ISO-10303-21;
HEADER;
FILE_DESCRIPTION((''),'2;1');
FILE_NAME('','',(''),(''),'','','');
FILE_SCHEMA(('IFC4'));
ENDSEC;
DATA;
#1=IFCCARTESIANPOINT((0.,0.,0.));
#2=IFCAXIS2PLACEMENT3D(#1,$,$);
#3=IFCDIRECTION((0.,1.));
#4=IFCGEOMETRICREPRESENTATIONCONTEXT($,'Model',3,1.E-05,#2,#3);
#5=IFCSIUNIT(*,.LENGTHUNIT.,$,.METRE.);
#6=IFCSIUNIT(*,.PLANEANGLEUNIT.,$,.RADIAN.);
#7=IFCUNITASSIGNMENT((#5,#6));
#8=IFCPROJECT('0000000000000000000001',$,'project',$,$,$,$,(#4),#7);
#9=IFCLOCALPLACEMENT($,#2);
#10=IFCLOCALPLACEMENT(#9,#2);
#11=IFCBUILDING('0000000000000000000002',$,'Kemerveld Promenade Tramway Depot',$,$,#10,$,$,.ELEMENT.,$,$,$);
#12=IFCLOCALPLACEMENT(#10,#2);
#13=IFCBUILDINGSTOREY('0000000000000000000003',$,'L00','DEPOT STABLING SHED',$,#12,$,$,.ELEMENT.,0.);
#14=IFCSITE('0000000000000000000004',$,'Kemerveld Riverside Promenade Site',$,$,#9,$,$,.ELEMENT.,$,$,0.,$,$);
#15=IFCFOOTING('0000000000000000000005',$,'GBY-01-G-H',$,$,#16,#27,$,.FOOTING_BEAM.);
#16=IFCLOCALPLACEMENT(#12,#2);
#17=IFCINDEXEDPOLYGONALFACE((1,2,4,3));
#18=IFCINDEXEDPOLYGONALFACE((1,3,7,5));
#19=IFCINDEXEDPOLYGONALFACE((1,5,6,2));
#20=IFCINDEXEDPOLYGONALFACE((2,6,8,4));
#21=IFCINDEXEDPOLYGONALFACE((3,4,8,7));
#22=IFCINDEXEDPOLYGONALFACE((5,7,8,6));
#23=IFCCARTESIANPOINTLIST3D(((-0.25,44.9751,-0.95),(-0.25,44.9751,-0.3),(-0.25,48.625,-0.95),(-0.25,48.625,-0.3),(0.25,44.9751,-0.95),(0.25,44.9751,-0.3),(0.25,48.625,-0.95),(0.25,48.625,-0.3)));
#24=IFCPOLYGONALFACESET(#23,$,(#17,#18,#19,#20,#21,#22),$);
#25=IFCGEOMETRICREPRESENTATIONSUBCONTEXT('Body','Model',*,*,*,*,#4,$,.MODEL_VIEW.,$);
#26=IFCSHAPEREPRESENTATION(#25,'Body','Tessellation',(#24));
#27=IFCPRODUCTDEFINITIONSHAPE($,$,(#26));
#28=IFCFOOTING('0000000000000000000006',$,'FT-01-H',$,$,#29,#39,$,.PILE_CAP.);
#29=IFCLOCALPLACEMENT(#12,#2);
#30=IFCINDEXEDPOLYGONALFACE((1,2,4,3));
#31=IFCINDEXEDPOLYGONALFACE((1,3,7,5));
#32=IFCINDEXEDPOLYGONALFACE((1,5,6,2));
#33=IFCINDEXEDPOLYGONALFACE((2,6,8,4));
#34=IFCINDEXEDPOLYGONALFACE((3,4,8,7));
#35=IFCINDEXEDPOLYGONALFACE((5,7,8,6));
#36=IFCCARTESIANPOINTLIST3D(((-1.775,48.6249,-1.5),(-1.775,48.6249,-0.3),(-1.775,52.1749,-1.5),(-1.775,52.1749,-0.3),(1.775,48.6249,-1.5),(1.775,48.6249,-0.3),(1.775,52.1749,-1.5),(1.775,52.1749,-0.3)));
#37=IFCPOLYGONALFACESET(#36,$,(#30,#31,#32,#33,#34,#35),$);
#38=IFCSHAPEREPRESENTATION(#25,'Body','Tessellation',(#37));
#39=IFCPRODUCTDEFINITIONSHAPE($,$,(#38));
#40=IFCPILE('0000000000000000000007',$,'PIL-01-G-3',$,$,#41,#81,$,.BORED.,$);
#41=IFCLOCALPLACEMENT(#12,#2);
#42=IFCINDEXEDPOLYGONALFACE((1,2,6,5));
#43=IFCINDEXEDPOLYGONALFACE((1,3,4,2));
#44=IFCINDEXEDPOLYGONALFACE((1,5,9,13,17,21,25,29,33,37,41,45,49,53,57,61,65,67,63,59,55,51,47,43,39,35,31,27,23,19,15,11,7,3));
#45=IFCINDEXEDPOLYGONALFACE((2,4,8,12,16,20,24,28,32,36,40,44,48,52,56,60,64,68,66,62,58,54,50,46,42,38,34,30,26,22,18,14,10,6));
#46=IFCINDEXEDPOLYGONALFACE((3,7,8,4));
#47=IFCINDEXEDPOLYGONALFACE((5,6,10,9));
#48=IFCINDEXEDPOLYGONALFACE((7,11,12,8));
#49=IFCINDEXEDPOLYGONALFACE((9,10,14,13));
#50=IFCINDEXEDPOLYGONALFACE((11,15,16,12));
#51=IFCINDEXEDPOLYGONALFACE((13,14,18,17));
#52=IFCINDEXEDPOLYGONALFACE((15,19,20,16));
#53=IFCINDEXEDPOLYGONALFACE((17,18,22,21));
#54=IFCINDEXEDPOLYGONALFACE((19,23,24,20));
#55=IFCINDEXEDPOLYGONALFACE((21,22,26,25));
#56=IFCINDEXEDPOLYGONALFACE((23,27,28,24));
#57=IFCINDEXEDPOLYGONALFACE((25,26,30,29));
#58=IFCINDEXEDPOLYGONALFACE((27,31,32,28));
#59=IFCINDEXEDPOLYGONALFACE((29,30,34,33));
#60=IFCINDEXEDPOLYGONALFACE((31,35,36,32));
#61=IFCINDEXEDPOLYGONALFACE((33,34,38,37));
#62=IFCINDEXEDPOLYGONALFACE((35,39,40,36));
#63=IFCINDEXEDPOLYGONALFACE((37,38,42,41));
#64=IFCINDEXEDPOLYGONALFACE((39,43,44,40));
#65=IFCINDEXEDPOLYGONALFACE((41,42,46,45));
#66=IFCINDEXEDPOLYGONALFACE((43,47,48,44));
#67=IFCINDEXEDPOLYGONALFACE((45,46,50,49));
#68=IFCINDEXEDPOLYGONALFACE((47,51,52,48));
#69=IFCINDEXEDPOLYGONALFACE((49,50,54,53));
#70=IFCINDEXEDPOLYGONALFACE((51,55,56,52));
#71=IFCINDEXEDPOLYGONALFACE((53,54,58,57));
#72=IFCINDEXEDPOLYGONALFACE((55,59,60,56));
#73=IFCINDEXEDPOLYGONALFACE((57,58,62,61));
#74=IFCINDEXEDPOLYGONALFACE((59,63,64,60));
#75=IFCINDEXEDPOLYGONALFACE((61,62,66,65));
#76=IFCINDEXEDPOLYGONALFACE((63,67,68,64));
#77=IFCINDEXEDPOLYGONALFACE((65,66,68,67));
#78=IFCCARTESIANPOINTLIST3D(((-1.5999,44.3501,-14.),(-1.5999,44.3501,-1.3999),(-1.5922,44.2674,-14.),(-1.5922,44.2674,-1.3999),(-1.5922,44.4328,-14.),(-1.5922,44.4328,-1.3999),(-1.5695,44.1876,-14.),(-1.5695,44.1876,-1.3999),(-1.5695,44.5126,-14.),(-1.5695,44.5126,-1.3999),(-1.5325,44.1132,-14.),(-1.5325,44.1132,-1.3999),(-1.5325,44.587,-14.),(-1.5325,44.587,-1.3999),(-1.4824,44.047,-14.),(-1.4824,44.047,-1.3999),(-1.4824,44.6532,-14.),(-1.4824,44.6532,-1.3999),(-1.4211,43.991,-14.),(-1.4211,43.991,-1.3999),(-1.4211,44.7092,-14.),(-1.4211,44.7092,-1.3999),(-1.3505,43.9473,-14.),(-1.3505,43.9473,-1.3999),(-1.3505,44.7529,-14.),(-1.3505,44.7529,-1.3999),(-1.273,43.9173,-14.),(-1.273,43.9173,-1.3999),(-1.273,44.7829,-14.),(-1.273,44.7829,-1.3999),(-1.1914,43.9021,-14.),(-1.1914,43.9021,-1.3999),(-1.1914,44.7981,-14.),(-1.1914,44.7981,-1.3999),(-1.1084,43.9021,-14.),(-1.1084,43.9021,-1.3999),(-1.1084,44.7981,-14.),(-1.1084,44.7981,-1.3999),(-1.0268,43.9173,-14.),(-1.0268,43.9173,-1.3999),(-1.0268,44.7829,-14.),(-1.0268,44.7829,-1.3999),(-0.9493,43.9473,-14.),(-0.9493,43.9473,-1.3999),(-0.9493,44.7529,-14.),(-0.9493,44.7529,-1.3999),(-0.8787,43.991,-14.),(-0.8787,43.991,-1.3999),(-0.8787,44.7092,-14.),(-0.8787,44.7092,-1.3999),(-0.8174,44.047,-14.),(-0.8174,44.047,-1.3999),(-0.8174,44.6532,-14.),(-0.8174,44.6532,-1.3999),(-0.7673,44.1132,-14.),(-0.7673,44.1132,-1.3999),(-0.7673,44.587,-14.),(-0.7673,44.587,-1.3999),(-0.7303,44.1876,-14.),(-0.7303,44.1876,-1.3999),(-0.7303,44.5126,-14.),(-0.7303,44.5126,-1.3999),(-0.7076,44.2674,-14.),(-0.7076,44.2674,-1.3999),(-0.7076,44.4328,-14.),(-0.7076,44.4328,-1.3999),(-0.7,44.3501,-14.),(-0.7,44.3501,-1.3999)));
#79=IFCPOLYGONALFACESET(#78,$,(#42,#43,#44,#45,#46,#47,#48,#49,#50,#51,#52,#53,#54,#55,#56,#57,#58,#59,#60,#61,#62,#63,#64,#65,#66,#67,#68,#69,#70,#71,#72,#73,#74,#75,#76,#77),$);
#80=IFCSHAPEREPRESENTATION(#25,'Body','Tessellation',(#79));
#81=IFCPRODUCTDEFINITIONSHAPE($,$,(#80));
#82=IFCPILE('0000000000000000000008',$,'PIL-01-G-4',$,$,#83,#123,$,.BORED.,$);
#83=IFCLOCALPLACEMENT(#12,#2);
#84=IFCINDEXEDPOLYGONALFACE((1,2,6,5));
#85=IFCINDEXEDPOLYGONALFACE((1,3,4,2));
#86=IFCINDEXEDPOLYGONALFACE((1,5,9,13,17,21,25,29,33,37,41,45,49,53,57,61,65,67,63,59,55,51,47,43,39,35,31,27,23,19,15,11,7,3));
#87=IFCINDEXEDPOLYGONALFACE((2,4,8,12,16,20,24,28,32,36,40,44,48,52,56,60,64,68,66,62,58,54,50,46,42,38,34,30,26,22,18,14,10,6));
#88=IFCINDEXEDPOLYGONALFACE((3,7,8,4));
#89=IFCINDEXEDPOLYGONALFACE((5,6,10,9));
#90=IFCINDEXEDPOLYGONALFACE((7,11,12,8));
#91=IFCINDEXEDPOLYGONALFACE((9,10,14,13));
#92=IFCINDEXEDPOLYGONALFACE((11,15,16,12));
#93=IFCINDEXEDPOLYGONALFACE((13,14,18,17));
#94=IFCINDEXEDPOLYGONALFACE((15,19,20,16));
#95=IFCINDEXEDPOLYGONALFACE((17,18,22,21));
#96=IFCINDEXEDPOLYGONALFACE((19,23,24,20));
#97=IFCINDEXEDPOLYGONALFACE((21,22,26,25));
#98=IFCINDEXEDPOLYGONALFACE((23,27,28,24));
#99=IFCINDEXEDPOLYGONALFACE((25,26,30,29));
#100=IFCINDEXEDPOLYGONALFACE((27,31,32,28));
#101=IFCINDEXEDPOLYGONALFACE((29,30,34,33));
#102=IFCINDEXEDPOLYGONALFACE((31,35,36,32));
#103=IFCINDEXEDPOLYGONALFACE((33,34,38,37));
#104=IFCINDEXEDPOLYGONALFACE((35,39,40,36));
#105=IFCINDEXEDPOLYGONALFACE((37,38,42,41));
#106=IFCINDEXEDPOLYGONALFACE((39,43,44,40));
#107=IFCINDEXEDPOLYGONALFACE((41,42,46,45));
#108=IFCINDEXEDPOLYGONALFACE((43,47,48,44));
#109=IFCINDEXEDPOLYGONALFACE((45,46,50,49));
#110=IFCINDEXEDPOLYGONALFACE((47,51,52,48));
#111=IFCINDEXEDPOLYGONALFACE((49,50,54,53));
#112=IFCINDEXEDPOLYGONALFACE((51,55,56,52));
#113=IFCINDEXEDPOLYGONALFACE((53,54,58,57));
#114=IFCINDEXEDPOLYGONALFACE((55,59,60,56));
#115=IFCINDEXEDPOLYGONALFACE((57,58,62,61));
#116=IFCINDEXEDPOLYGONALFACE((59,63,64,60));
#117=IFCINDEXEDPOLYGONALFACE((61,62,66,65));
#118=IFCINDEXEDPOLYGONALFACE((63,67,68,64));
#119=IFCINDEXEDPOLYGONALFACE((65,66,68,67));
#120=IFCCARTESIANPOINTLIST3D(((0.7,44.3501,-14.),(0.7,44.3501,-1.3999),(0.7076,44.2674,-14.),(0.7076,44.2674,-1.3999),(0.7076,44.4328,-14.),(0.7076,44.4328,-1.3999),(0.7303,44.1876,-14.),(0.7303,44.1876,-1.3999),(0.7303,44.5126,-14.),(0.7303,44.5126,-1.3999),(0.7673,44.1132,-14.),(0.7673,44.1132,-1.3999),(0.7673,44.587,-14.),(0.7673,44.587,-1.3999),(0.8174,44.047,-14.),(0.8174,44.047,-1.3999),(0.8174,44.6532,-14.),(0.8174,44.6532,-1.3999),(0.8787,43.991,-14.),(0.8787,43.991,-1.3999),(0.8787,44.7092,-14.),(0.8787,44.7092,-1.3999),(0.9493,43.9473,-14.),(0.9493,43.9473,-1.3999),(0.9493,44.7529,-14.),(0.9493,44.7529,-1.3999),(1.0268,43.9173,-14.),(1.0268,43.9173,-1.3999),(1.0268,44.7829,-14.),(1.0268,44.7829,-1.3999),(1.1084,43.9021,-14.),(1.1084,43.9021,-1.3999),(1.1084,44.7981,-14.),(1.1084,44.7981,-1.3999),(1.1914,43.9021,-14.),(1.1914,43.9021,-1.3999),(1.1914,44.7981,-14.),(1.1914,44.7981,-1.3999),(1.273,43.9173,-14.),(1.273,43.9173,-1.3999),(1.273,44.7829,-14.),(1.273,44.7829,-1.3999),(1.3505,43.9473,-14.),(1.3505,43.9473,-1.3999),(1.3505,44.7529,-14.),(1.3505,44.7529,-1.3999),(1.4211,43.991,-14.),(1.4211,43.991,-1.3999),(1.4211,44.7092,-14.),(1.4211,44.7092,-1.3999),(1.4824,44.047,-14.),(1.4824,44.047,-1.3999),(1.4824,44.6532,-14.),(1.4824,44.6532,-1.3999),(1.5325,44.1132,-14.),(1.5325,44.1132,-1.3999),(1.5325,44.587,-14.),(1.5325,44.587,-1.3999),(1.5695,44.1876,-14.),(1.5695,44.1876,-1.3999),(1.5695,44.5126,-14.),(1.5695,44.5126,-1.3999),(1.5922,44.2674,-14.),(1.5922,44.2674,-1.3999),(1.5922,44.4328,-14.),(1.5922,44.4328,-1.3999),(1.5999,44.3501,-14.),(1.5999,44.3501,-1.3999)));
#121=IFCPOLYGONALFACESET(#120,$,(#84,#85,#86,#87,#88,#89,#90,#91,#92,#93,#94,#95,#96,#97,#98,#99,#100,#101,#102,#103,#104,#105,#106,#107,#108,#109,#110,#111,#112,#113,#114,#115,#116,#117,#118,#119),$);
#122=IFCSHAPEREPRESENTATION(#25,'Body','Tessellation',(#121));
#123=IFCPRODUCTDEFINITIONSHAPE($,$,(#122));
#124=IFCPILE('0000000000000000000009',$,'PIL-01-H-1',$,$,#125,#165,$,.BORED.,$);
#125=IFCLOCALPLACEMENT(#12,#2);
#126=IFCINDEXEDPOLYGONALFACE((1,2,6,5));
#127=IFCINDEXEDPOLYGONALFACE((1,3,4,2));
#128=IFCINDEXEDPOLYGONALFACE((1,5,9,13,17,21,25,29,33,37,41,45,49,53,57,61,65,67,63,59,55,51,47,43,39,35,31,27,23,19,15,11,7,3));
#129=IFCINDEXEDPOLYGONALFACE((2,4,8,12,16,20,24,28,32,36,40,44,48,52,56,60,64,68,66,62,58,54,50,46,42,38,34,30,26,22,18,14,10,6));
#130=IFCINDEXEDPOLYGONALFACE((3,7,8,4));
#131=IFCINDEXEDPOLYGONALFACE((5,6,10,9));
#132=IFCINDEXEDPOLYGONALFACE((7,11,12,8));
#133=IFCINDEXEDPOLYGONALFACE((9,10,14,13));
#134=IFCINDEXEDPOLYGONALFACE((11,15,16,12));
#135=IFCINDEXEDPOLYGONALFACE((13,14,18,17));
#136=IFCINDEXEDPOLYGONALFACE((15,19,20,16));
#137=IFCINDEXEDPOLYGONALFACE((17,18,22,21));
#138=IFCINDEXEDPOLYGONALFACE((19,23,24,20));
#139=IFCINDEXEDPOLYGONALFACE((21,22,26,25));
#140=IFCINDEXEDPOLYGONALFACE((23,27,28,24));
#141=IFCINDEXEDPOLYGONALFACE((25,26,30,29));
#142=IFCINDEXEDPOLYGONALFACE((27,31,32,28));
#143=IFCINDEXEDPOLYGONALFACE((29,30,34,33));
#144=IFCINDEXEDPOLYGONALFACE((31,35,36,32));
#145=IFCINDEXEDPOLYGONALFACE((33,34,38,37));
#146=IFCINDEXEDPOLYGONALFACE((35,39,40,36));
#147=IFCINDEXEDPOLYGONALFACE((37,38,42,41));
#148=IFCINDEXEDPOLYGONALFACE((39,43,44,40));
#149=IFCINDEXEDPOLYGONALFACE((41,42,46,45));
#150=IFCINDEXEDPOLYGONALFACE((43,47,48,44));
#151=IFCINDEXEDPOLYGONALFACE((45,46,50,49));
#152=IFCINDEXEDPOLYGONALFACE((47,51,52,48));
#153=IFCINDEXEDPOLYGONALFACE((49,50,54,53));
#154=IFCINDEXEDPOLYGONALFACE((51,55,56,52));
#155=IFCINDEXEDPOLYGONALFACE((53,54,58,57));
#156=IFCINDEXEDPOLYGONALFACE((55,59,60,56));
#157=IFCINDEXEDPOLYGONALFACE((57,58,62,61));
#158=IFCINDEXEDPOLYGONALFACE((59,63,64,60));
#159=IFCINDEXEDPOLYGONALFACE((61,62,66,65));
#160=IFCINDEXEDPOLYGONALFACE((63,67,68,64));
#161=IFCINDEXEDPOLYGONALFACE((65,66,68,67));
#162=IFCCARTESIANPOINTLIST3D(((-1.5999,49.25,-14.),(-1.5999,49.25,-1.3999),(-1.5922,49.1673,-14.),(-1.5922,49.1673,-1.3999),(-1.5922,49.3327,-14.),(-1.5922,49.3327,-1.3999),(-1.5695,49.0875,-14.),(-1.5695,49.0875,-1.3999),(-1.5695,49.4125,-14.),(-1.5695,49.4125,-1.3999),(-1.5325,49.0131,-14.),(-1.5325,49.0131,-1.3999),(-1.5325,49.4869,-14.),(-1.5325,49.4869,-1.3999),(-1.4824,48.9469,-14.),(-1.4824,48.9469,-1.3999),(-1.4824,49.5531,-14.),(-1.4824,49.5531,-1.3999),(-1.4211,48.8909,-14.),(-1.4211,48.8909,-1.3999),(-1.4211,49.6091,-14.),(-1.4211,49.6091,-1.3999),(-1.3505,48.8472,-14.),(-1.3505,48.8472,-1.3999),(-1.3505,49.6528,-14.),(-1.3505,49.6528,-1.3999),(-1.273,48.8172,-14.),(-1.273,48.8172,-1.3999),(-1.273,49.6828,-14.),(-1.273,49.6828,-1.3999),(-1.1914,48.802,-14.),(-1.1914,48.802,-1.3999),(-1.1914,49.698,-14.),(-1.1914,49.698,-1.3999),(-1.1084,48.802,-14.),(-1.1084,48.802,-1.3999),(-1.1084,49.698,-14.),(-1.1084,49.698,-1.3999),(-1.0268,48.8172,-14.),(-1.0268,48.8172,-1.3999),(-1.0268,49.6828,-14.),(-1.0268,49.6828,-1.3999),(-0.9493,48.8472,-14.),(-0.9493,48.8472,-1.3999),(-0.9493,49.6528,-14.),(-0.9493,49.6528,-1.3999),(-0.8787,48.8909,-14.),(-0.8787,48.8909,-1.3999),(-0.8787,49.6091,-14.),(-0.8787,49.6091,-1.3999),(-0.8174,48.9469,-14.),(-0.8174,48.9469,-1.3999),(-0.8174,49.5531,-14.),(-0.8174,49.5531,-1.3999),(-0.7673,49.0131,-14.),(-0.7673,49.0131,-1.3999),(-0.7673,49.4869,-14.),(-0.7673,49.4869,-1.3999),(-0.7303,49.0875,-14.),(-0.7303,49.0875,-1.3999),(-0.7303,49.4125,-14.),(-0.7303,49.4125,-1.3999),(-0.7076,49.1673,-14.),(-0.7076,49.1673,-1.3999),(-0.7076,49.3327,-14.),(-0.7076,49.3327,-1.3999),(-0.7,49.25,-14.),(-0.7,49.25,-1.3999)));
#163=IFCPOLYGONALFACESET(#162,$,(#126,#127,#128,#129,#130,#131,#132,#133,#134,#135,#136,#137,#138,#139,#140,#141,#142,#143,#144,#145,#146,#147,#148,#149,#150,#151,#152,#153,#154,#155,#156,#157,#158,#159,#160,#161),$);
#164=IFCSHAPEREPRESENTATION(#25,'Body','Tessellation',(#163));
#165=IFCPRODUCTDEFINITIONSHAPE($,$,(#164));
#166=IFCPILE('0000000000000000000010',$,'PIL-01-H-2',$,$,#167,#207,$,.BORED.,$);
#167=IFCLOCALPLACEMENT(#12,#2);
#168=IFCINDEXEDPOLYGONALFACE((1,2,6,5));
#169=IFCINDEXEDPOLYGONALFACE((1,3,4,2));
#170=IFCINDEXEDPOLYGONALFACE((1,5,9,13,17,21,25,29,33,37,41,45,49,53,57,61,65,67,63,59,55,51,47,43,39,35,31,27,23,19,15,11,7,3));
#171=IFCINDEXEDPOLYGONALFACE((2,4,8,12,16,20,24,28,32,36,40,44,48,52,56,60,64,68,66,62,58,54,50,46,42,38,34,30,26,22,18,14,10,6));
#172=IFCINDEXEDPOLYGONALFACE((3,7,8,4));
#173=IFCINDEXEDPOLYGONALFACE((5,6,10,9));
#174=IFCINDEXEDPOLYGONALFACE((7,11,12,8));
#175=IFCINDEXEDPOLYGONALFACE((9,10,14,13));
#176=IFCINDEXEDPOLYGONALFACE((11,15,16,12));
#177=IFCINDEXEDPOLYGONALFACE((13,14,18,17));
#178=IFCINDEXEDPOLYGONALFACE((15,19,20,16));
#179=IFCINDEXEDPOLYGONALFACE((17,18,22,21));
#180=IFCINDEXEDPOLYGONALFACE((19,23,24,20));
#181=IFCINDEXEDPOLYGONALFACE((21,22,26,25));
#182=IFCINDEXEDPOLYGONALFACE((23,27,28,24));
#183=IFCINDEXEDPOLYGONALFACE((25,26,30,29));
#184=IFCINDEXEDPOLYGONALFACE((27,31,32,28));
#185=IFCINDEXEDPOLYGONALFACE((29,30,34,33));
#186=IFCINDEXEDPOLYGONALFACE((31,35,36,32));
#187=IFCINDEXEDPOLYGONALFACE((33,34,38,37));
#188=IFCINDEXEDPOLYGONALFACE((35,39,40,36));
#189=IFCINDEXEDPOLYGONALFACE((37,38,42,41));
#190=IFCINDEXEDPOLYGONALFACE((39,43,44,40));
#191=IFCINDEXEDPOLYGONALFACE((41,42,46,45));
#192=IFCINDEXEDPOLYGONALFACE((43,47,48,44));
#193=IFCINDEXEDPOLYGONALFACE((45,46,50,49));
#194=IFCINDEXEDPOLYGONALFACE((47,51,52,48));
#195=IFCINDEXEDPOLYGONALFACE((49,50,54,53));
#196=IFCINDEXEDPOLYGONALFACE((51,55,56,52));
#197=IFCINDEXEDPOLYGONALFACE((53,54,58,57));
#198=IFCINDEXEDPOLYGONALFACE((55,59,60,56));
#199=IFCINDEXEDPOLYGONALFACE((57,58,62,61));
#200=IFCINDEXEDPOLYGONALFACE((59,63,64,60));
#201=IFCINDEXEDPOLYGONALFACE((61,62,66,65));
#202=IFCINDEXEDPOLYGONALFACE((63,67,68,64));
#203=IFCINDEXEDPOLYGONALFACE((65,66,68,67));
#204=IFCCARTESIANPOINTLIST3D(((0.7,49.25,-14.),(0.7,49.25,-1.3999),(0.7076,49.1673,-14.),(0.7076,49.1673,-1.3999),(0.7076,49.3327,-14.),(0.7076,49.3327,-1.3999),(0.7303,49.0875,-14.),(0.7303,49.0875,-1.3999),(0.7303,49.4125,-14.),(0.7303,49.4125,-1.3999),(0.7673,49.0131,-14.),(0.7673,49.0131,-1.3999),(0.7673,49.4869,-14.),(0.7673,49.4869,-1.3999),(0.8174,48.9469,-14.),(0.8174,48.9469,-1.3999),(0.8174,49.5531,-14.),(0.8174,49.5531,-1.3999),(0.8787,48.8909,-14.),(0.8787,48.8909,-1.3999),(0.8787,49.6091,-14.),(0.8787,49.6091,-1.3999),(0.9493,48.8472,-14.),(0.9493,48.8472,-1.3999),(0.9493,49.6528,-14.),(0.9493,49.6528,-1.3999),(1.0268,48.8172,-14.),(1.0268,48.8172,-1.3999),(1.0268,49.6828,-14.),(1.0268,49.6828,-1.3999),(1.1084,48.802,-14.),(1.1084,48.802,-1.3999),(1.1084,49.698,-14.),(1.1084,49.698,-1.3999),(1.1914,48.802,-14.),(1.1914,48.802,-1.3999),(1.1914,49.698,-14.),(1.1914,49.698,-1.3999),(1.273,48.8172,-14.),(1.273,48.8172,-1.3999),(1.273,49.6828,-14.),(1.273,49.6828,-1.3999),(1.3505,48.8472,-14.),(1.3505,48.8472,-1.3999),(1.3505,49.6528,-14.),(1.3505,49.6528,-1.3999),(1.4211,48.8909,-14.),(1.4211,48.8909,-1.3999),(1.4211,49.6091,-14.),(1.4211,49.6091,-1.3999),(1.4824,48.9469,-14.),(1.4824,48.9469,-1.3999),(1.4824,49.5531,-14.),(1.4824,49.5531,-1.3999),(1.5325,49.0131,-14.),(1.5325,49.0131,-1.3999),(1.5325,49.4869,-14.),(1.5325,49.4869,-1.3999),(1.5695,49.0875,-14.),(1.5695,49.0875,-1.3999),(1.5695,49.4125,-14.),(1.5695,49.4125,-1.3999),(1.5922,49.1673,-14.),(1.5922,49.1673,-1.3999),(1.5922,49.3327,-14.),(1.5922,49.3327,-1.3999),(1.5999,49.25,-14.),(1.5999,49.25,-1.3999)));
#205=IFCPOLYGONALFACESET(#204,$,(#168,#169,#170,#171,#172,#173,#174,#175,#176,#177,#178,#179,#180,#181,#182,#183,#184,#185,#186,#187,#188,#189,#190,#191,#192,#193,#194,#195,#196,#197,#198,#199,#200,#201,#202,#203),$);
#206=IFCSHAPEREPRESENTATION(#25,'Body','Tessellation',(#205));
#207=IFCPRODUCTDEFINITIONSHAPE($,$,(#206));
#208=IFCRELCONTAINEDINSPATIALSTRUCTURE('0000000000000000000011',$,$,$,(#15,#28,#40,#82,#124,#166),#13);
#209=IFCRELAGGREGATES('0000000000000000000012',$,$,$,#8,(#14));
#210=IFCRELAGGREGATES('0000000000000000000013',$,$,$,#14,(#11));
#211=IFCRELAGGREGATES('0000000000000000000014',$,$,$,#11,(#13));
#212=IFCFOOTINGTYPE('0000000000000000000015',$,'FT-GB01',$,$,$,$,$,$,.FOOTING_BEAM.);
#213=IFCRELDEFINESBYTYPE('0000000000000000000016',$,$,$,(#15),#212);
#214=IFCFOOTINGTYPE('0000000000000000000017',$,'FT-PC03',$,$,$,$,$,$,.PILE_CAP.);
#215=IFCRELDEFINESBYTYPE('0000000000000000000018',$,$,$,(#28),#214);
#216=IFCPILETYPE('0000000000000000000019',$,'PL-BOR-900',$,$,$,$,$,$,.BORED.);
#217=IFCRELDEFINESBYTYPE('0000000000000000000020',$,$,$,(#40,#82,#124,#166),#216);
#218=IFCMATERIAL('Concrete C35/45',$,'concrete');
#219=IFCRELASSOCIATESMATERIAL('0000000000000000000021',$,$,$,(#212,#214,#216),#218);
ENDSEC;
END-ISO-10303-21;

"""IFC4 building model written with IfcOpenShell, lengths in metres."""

from ifc_helpers import new_model, si_unit, direction, frame, origin, origin_2d, place, context, subcontext, project, spatial, rectangle, circle, extrude, material, material_profile, profile_set, type_object, element, save


model = new_model("IFC4")

# Units and contexts
model_context = context("Model", 3, precision=1e-05, world=origin(), true_north=direction((0.0, 1.0)))
body_context = subcontext(model_context, "Body", "Model", "MODEL_VIEW")
ifc_project = project(units=[si_unit("LENGTHUNIT", "METRE"), si_unit("PLANEANGLEUNIT", "RADIAN")], contexts=[model_context])

# Site, building, storey
site_placement = place(None, origin())
site = spatial("IfcSite", under=ifc_project, at=site_placement, Name="Kemerveld Riverside Promenade Site", CompositionType="ELEMENT", RefElevation=0.0)
building_placement = place(site_placement, origin())
building = spatial("IfcBuilding", under=site, at=building_placement, Name="Kemerveld Promenade Tramway Depot", CompositionType="ELEMENT")
storey_placement = place(building_placement, origin())
storey = spatial("IfcBuildingStorey", under=building, at=storey_placement, Name="L00", Description="DEPOT STABLING SHED", CompositionType="ELEMENT", Elevation=0.0)

# Footings
ifc_material_1 = material(Name="Concrete C35/45", Category="concrete")
footing_type_1 = type_object("IfcFootingType", Name="FT-GB01", PredefinedType="FOOTING_BEAM", material=ifc_material_1)
footing_1_placement = place(storey_placement, frame((0.0, 46.8, -0.95), z_axis=(0.0, 0.0, 1.0), x_axis=(0.0, 1.0, 0.0)))
element("IfcFooting", 1, at=footing_1_placement, inside=storey, type_object=footing_type_1, Name="GBY-01-G-H", PredefinedType="FOOTING_BEAM", context=body_context, shape_type="SweptSolid", body=[
    extrude(rectangle(XDim=3.6499, YDim=0.5, at=origin_2d()), origin(), (0.0, 0.0, 1.0), 0.6499),
])
footing_type_2 = type_object("IfcFootingType", Name="FT-PC03", PredefinedType="PILE_CAP", material=ifc_material_1)
footing_2_placement = place(storey_placement, frame((0.0, 50.3999, -1.5), z_axis=(0.0, 0.0, 1.0), x_axis=(1.0, 0.0, 0.0)))
element("IfcFooting", 2, at=footing_2_placement, inside=storey, type_object=footing_type_2, Name="FT-01-H", PredefinedType="PILE_CAP", context=body_context, shape_type="SweptSolid", body=[
    extrude(rectangle(XDim=3.55, YDim=3.55, at=origin_2d()), origin(), (0.0, 0.0, 1.0), 1.2),
])

# Piles
ifc_material_profile_1 = material_profile(ifc_material_1, circle(Radius=0.45, at=origin_2d()), Name="PILE-D900")
ifc_profile_set_1 = profile_set([ifc_material_profile_1], Name="Concrete C35/45")
pile_type = type_object("IfcPileType", Name="PL-BOR-900", PredefinedType="BORED", material=ifc_profile_set_1)
for number, where, z_axis, x_axis, name in (
    (3, (-1.1499, 44.3501, -1.3999), (0.0, 0.0, -1.0), (1.0, 0.0, 0.0), "PIL-01-G-3"),
    (4, (1.1499, 44.3501, -1.3999), (0.0, 0.0, -1.0), (1.0, 0.0, 0.0), "PIL-01-G-4"),
    (5, (-1.1499, 49.25, -1.3999), (0.0, 0.0, -1.0), (1.0, 0.0, 0.0), "PIL-01-H-1"),
    (6, (1.1499, 49.25, -1.3999), (0.0, 0.0, -1.0), (1.0, 0.0, 0.0), "PIL-01-H-2"),
):
    element("IfcPile", number, at=place(storey_placement, frame(where, z_axis=z_axis, x_axis=x_axis)), inside=storey, type_object=pile_type, Name=name, PredefinedType="BORED", context=body_context, shape_type="SweptSolid", body=[
        extrude(circle(Radius=0.45, at=origin_2d()), origin(), (0.0, 0.0, 1.0), 12.6001),
    ])

save(model, "model.ifc")
